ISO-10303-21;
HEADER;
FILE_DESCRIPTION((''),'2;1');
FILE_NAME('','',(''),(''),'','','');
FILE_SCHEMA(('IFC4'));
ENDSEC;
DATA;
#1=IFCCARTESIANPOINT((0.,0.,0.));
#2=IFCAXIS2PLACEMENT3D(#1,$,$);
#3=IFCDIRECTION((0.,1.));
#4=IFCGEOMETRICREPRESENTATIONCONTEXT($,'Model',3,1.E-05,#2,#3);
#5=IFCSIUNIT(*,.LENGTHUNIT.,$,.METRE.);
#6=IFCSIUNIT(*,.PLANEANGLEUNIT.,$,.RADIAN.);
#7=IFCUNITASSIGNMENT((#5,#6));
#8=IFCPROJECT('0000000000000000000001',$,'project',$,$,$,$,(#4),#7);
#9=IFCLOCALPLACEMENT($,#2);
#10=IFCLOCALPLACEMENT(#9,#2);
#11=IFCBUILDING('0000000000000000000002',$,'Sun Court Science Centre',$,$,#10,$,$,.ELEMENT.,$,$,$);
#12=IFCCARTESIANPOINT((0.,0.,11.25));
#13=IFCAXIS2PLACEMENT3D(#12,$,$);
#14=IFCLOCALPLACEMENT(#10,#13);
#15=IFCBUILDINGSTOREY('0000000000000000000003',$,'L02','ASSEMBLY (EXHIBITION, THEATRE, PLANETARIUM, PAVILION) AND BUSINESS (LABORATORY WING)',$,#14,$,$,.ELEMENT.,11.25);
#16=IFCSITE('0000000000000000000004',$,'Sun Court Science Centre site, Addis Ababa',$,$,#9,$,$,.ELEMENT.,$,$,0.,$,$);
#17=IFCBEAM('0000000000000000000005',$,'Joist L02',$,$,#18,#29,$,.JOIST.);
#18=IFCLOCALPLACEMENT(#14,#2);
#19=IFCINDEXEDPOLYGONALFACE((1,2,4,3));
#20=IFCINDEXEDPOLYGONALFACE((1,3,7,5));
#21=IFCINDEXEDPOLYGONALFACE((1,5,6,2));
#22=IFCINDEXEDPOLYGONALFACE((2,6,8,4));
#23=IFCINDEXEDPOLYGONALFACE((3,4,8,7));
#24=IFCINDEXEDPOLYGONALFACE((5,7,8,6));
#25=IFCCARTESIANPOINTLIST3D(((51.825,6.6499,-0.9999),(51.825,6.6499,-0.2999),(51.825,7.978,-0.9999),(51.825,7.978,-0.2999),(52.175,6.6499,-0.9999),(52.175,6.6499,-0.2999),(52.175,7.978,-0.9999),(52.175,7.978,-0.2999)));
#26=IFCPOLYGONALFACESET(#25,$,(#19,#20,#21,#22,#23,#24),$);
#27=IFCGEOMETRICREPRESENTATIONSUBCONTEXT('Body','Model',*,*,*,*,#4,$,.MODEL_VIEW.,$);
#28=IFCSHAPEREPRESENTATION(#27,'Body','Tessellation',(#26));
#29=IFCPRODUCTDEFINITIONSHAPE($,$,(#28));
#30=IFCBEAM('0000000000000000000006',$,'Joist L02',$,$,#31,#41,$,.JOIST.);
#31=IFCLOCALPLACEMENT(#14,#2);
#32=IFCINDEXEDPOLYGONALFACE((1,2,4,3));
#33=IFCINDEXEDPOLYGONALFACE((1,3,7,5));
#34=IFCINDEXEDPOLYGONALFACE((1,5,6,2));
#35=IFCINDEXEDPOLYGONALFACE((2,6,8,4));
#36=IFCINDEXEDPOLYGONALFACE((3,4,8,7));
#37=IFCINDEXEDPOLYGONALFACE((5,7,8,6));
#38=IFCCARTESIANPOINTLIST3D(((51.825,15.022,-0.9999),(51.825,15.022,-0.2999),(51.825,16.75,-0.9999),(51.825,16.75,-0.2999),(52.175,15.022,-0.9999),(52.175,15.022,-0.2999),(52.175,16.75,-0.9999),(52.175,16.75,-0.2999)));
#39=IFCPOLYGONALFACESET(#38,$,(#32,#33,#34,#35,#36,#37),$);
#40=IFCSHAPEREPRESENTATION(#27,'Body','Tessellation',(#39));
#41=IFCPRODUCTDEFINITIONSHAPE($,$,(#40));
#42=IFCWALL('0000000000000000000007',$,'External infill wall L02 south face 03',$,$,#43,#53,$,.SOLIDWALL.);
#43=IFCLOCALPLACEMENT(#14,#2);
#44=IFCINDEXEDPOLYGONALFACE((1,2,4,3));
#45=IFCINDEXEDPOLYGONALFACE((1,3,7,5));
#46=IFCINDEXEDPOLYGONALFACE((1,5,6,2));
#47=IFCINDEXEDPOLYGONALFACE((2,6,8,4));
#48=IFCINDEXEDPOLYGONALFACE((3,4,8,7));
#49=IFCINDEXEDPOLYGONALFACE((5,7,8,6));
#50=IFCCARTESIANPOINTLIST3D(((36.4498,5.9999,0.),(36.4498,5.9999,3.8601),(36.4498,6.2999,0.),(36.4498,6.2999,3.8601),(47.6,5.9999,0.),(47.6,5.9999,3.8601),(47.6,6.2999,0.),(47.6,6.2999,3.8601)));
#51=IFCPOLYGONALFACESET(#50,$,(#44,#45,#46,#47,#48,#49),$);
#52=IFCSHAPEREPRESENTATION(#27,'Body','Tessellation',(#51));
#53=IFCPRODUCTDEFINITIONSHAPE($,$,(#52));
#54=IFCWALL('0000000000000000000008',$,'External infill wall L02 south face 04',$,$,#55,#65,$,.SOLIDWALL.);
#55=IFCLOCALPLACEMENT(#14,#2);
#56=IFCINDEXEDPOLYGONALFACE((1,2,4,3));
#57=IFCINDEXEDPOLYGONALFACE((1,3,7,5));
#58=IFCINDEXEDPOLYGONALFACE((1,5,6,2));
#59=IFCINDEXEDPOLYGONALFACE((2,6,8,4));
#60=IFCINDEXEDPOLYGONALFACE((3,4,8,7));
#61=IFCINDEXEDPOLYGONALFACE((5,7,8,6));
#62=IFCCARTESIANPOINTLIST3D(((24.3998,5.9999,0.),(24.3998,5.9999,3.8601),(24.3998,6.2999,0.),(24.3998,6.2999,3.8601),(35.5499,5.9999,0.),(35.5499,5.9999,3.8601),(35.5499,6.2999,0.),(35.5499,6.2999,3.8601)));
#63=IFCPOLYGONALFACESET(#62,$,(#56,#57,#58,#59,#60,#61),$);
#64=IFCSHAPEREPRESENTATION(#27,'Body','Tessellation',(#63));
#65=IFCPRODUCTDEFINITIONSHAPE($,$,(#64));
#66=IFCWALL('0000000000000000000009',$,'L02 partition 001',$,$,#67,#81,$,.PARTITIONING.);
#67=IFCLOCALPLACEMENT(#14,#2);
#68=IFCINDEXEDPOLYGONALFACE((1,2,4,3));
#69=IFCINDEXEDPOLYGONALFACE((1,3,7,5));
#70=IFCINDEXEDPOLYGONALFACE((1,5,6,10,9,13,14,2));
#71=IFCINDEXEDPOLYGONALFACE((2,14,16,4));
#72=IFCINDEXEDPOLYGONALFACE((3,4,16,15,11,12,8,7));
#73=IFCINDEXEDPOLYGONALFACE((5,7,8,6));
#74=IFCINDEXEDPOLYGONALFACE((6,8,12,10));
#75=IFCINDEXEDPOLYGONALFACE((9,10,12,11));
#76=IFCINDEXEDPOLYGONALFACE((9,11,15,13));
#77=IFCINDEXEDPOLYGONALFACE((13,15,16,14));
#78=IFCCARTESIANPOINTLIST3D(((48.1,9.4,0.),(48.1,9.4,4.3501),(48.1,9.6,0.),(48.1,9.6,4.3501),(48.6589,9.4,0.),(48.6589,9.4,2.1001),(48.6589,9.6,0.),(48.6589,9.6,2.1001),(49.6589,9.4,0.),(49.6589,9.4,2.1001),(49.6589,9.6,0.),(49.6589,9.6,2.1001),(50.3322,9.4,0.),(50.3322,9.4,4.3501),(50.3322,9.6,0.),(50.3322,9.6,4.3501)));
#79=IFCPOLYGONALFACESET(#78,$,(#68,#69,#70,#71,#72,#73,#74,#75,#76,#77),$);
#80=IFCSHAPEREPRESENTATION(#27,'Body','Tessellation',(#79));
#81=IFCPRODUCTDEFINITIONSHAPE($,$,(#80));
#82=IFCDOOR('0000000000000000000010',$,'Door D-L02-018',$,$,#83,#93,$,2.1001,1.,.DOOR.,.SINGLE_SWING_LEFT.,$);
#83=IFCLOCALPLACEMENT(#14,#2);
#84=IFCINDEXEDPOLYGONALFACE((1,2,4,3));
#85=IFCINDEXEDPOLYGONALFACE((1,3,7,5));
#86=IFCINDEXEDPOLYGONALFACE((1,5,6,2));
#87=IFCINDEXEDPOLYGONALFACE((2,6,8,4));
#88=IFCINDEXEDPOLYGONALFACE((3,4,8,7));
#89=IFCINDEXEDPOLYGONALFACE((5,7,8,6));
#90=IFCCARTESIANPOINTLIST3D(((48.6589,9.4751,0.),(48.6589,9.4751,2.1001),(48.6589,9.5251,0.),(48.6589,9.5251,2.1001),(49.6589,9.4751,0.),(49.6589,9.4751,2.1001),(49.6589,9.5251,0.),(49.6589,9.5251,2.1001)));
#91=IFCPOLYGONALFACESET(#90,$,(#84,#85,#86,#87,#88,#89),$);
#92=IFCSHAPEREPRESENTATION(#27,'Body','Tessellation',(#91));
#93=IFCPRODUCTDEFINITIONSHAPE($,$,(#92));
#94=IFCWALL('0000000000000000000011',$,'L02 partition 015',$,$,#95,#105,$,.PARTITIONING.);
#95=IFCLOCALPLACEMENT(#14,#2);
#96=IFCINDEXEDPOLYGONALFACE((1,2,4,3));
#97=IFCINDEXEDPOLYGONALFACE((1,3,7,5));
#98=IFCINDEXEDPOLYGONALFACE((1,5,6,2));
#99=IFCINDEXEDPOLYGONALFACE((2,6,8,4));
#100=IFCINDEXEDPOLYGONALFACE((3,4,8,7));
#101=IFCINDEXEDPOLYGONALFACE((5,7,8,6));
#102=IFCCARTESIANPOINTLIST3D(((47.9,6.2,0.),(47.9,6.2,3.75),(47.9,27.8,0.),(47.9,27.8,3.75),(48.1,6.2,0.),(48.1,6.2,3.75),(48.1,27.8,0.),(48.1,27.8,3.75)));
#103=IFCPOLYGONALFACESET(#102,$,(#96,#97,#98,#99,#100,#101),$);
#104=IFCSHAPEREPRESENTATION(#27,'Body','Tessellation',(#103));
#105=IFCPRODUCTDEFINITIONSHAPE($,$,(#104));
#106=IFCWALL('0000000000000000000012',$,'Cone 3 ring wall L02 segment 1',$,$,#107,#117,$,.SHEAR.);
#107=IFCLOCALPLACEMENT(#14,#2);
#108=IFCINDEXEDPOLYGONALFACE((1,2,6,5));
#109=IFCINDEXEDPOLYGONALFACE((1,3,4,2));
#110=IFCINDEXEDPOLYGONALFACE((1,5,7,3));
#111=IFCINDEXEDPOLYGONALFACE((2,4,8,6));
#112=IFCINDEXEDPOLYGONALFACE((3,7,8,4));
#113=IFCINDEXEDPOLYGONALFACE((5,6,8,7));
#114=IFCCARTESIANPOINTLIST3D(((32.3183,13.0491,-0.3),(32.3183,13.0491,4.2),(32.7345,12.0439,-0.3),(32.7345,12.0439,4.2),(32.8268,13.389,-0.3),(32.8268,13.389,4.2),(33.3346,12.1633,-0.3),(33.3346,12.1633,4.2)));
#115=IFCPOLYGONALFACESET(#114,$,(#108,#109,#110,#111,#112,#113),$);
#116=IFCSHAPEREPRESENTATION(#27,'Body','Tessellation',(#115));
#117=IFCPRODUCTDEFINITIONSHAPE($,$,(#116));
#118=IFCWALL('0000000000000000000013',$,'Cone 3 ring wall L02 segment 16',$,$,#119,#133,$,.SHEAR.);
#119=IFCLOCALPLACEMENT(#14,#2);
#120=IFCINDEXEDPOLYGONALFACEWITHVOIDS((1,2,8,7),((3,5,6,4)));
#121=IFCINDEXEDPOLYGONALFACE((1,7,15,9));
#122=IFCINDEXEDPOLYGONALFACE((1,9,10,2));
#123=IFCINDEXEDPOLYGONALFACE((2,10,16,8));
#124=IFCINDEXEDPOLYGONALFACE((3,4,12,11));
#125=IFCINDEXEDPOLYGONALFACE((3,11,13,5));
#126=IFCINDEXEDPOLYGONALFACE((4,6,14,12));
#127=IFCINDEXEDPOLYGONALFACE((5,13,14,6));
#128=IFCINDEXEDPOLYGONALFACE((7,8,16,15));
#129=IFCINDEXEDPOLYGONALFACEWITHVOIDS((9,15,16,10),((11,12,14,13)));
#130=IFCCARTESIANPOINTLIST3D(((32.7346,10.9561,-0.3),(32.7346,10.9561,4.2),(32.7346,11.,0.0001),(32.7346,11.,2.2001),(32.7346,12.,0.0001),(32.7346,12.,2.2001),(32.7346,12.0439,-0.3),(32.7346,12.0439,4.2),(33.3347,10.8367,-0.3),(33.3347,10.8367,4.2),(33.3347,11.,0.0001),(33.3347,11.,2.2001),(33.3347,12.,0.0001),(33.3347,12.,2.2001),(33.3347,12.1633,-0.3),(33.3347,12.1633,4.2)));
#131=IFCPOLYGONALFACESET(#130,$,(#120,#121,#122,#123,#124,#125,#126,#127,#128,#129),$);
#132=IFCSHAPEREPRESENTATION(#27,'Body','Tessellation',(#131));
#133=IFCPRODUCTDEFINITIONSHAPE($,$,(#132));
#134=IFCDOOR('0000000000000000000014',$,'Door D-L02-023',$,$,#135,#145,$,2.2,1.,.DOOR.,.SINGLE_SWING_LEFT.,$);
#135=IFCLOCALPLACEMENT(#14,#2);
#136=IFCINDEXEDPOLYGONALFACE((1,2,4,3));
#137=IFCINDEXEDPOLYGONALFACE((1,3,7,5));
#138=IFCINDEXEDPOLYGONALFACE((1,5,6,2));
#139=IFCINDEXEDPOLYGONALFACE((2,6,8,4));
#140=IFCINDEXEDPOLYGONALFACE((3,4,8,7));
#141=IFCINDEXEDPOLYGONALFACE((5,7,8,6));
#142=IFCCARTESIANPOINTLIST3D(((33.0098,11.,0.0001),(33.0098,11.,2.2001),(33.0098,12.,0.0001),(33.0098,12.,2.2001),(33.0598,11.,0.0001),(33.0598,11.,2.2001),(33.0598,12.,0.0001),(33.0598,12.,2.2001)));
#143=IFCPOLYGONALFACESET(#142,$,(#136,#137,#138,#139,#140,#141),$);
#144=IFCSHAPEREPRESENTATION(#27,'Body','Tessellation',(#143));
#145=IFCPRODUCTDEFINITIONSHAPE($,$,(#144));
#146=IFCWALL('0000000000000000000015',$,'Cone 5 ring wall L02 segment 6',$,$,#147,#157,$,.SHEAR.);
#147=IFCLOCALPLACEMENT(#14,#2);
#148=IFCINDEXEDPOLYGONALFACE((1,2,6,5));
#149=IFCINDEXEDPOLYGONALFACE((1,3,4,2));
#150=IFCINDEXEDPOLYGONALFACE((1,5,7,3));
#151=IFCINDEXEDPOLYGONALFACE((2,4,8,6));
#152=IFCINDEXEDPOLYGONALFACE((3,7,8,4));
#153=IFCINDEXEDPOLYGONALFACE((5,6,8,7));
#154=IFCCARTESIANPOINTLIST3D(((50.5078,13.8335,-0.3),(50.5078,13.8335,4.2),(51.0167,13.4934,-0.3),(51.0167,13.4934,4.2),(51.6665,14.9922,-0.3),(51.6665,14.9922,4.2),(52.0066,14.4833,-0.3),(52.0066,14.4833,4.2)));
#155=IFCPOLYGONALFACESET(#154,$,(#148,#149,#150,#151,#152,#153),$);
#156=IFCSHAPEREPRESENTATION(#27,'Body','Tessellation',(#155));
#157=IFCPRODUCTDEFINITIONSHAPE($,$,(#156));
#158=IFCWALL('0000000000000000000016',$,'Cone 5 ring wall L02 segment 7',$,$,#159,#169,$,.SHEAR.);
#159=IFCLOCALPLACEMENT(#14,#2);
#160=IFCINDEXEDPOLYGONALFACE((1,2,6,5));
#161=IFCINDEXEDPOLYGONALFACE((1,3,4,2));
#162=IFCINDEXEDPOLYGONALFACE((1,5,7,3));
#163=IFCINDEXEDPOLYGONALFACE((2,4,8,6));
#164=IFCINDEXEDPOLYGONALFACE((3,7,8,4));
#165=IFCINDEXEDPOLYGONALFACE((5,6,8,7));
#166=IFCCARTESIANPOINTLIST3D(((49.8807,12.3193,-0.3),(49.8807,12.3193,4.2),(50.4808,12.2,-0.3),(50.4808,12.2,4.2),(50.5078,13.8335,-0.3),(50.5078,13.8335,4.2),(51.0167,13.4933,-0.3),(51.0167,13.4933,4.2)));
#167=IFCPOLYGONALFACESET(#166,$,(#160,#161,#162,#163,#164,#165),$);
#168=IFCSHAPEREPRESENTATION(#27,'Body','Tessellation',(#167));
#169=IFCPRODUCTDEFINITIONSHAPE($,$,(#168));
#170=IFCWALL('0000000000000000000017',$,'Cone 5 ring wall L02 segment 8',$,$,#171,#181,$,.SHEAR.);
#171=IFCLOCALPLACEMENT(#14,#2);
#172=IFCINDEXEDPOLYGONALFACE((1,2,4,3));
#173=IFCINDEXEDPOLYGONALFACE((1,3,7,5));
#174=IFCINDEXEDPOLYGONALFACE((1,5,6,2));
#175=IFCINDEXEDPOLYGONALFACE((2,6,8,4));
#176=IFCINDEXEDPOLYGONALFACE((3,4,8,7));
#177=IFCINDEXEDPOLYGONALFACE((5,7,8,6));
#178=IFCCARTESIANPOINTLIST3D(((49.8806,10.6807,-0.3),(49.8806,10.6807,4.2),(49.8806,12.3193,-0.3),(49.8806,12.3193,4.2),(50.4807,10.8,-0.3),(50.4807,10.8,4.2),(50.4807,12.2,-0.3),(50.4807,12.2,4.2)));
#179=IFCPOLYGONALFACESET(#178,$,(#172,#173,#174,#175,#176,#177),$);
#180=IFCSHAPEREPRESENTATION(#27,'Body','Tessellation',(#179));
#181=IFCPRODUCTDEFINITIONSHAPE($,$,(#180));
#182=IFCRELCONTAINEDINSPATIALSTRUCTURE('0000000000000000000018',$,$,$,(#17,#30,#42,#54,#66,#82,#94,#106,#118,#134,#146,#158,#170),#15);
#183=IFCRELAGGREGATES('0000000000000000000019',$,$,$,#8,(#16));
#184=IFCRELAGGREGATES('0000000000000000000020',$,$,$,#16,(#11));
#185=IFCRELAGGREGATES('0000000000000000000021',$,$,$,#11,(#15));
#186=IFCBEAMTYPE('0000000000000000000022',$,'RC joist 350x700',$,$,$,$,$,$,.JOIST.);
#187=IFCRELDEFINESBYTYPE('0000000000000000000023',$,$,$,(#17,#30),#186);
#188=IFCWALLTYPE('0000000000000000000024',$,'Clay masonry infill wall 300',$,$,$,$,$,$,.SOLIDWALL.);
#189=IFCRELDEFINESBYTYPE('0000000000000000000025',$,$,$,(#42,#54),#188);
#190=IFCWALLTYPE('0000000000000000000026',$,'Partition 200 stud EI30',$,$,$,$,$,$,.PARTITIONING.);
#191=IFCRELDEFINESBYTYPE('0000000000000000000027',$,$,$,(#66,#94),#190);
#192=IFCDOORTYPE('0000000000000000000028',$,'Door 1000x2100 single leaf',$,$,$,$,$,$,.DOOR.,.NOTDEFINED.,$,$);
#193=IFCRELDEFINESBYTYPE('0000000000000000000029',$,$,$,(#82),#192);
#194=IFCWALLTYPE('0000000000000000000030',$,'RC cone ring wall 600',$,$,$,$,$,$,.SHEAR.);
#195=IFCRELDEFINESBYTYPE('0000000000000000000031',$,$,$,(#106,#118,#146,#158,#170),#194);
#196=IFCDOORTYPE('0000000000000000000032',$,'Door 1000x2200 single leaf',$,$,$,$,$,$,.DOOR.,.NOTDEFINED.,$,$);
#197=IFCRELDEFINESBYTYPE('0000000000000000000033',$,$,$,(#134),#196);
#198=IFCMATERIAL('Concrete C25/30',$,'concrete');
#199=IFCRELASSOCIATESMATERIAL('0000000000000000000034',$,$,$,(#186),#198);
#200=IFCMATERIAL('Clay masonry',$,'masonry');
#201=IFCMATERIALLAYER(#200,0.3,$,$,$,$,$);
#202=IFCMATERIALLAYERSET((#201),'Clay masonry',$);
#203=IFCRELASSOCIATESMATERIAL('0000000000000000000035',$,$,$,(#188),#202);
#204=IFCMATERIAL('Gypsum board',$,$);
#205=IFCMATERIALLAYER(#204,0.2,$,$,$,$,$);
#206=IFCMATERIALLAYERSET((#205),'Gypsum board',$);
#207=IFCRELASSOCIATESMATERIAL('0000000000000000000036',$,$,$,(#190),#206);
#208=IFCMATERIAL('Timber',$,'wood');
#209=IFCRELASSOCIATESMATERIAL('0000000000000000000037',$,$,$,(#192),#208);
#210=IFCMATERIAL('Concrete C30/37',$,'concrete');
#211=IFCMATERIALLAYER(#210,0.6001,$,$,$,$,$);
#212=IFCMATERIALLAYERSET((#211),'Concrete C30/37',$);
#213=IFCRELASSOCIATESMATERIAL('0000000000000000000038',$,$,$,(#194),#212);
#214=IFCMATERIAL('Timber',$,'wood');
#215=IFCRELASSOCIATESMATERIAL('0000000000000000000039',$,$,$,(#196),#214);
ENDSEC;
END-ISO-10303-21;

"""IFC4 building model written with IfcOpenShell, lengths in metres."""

from ifc_helpers import new_model, si_unit, direction, frame, frame_2d, origin, origin_2d, place, context, subcontext, project, spatial, polyline, rectangle, outline, extrude, material, layer, layer_set, material_profile, profile_set, type_object, element, fill, save


model = new_model("IFC4")

# Units and contexts
model_context = context("Model", 3, precision=1e-05, world=origin(), true_north=direction((0.0, 1.0)))
body_context = subcontext(model_context, "Body", "Model", "MODEL_VIEW")
ifc_project = project(units=[si_unit("LENGTHUNIT", "METRE"), si_unit("PLANEANGLEUNIT", "RADIAN")], contexts=[model_context])

# Site, building, storey
site_placement = place(None, origin())
site = spatial("IfcSite", under=ifc_project, at=site_placement, Name="Sun Court Science Centre site, Addis Ababa", CompositionType="ELEMENT", RefElevation=0.0)
building_placement = place(site_placement, origin())
building = spatial("IfcBuilding", under=site, at=building_placement, Name="Sun Court Science Centre", CompositionType="ELEMENT")
storey_placement = place(building_placement, frame((0.0, 0.0, 11.25)))
storey = spatial("IfcBuildingStorey", under=building, at=storey_placement, Name="L02", Description="ASSEMBLY (EXHIBITION, THEATRE, PLANETARIUM, PAVILION) AND BUSINESS (LABORATORY WING)", CompositionType="ELEMENT", Elevation=11.25)

# Beams
ifc_material_1 = material(Name="Concrete C25/30", Category="concrete")
ifc_material_profile_1 = material_profile(ifc_material_1, rectangle(XDim=0.3501, YDim=0.7, at=origin_2d()), Name="RC 350x700")
ifc_profile_set_1 = profile_set([ifc_material_profile_1], Name="Concrete C25/30")
beam_type_1 = type_object("IfcBeamType", Name="RC joist 350x700", PredefinedType="JOIST", material=ifc_profile_set_1)
beam_1_placement = place(storey_placement, frame((52.0, 6.6499, -0.6499), z_axis=(0.0, 1.0, 0.0), x_axis=(-1.0, 0.0, 0.0)))
element("IfcBeam", 1, at=beam_1_placement, inside=storey, type_object=beam_type_1, Name="Joist L02", PredefinedType="JOIST", context=body_context, shape_type="SweptSolid", body=[
    extrude(rectangle(XDim=0.3501, YDim=0.7, at=origin_2d()), origin(), (0.0, 0.0, 1.0), 1.3281),
])
beam_2_placement = place(storey_placement, frame((52.0, 15.022, -0.6499), z_axis=(0.0, 1.0, 0.0), x_axis=(-1.0, 0.0, 0.0)))
element("IfcBeam", 2, at=beam_2_placement, inside=storey, type_object=beam_type_1, Name="Joist L02", PredefinedType="JOIST", context=body_context, shape_type="SweptSolid", body=[
    extrude(rectangle(XDim=0.3501, YDim=0.7, at=origin_2d()), origin(), (0.0, 0.0, 1.0), 1.728),
])

# Walls
ifc_material_2 = material(Name="Clay masonry", Category="masonry")
ifc_layer_1 = layer(ifc_material_2, 0.3)
ifc_layer_set_1 = layer_set([ifc_layer_1], Name="Clay masonry")
wall_type_1 = type_object("IfcWallType", Name="Clay masonry infill wall 300", PredefinedType="SOLIDWALL", material=ifc_layer_set_1)
for number, where, z_axis, x_axis, name in (
    (3, (47.6001, 6.1499, 0.0), (0.0, 0.0, 1.0), (-1.0, 0.0, 0.0), "External infill wall L02 south face 03"),
    (4, (35.55, 6.1499, 0.0), (0.0, 0.0, 1.0), (-1.0, 0.0, 0.0), "External infill wall L02 south face 04"),
):
    element("IfcWall", number, at=place(storey_placement, frame(where, z_axis=z_axis, x_axis=x_axis)), inside=storey, type_object=wall_type_1, Name=name, PredefinedType="SOLIDWALL", context=body_context, shape_type="SweptSolid", body=[
        extrude(rectangle(XDim=11.1501, YDim=0.3, at=frame_2d((5.5752, 0.0))), origin(), (0.0, 0.0, 1.0), 3.8601),
    ])

# Wall, opening, door
ifc_material_3 = material(Name="Gypsum board")
ifc_layer_2 = layer(ifc_material_3, 0.2)
ifc_layer_set_2 = layer_set([ifc_layer_2], Name="Gypsum board")
wall_type_2 = type_object("IfcWallType", Name="Partition 200 stud EI30", PredefinedType="PARTITIONING", material=ifc_layer_set_2)
wall_1_placement = place(storey_placement, frame((50.3323, 9.5, 0.0), z_axis=(0.0, 0.0, 1.0), x_axis=(-1.0, 0.0, 0.0)))
wall_1 = element("IfcWall", 5, at=wall_1_placement, inside=storey, type_object=wall_type_2, Name="L02 partition 001", PredefinedType="PARTITIONING", context=body_context, shape_type="SweptSolid", body=[
    extrude(rectangle(XDim=2.2322, YDim=0.2, at=frame_2d((1.1162, 0.0))), origin(), (0.0, 0.0, 1.0), 4.3501),
])
opening_1_placement = place(wall_1_placement, frame((0.6733, 0.0, 0.0)))
opening_1 = element("IfcOpeningElement", 6, at=opening_1_placement, cuts=wall_1, PredefinedType="OPENING", context=body_context, shape_type="SweptSolid", body=[
    extrude(rectangle(XDim=1.0, YDim=2.1001, at=frame_2d((0.5, 1.05))), frame((0.0, 0.1099, 0.0), z_axis=(0.0, -1.0, 0.0), x_axis=(1.0, 0.0, 0.0)), (0.0, 0.0, 1.0), 0.22),
])
ifc_material_4 = material(Name="Timber", Category="wood")
door_type_1 = type_object("IfcDoorType", Name="Door 1000x2100 single leaf", OperationType="NOTDEFINED", PredefinedType="DOOR", material=ifc_material_4)
door_1_placement = place(opening_1_placement, origin())
door_1 = element("IfcDoor", 7, at=door_1_placement, inside=storey, type_object=door_type_1, Name="Door D-L02-018", OperationType="SINGLE_SWING_LEFT", OverallHeight=2.1001, OverallWidth=1.0, PredefinedType="DOOR", context=body_context, shape_type="SweptSolid", body=[
    extrude(rectangle(XDim=1.0, YDim=2.1001, at=frame_2d((0.5, 1.05))), frame((0.0, 0.0249, 0.0), z_axis=(0.0, -1.0, 0.0), x_axis=(1.0, 0.0, 0.0)), (0.0, 0.0, 1.0), 0.05),
])
fill(opening_1, door_1)

# Walls
wall_2_placement = place(storey_placement, frame((48.0, 6.2, 0.0), z_axis=(0.0, 0.0, 1.0), x_axis=(0.0, 1.0, 0.0)))
element("IfcWall", 8, at=wall_2_placement, inside=storey, type_object=wall_type_2, Name="L02 partition 015", PredefinedType="PARTITIONING", context=body_context, shape_type="SweptSolid", body=[
    extrude(rectangle(XDim=21.6001, YDim=0.2, at=frame_2d((10.8, 0.0))), origin(), (0.0, 0.0, 1.0), 3.75),
])
ifc_material_5 = material(Name="Concrete C30/37", Category="concrete")
ifc_layer_3 = layer(ifc_material_5, 0.6001)
ifc_layer_set_3 = layer_set([ifc_layer_3], Name="Concrete C30/37")
wall_type_3 = type_object("IfcWallType", Name="RC cone ring wall 600", PredefinedType="SHEAR", material=ifc_layer_set_3)
wall_3_placement = place(storey_placement, frame((33.0576, 12.0486, -0.3), z_axis=(0.0, 0.0, 1.0), x_axis=(-0.382785, 0.923837, 0.0)))
element("IfcWall", 9, at=wall_3_placement, inside=storey, type_object=wall_type_3, Name="Cone 3 ring wall L02 segment 1", PredefinedType="SHEAR", context=body_context, shape_type="SweptSolid", body=[
    extrude(outline(polyline([(0.0, -0.2998), (1.3267, -0.2998), (1.2073, 0.3), (0.1194, 0.3003), (0.0, -0.2998)])), origin(), (0.0, 0.0, 1.0), 4.5),
])

# Wall, opening, door
wall_4_placement = place(storey_placement, frame((33.0347, 10.8367, -0.3), z_axis=(0.0, 0.0, 1.0), x_axis=(0.0, 1.0, 0.0)))
wall_4 = element("IfcWall", 10, at=wall_4_placement, inside=storey, type_object=wall_type_3, Name="Cone 3 ring wall L02 segment 16", PredefinedType="SHEAR", context=body_context, shape_type="SweptSolid", body=[
    extrude(outline(polyline([(0.0, -0.3), (1.3267, -0.3), (1.2073, 0.3), (0.1194, 0.3), (0.0, -0.3)])), origin(), (0.0, 0.0, 1.0), 4.5),
])
opening_2_placement = place(wall_4_placement, frame((0.1633, 0.0, 0.3)))
opening_2 = element("IfcOpeningElement", 11, at=opening_2_placement, cuts=wall_4, PredefinedType="OPENING", context=body_context, shape_type="SweptSolid", body=[
    extrude(rectangle(XDim=1.0, YDim=2.2, at=frame_2d((0.5, 1.1001))), frame((0.0, 0.3101, 0.0), z_axis=(0.0, -1.0, 0.0), x_axis=(1.0, 0.0, 0.0)), (0.0, 0.0, 1.0), 0.6201),
])
ifc_material_6 = material(Name="Timber", Category="wood")
door_type_2 = type_object("IfcDoorType", Name="Door 1000x2200 single leaf", OperationType="NOTDEFINED", PredefinedType="DOOR", material=ifc_material_6)
door_2_placement = place(opening_2_placement, origin())
door_2 = element("IfcDoor", 12, at=door_2_placement, inside=storey, type_object=door_type_2, Name="Door D-L02-023", OperationType="SINGLE_SWING_LEFT", OverallHeight=2.2, OverallWidth=1.0, PredefinedType="DOOR", context=body_context, shape_type="SweptSolid", body=[
    extrude(rectangle(XDim=1.0, YDim=2.2, at=frame_2d((0.5, 1.1001))), frame((0.0, 0.0249, 0.0), z_axis=(0.0, -1.0, 0.0), x_axis=(1.0, 0.0, 0.0)), (0.0, 0.0, 1.0), 0.05),
])
fill(opening_2, door_2)

# Walls
wall_5_placement = place(storey_placement, frame((51.8787, 14.78, -0.3), z_axis=(0.0, 0.0, 1.0), x_axis=(-0.707107, -0.707107, 0.0)))
element("IfcWall", 13, at=wall_5_placement, inside=storey, type_object=wall_type_3, Name="Cone 5 ring wall L02 segment 6", PredefinedType="SHEAR", context=body_context, shape_type="SweptSolid", body=[
    extrude(outline(polyline([(0.0, -0.3), (1.6387, -0.3), (1.5193, 0.3003), (0.1194, 0.3003), (0.0, -0.3)])), origin(), (0.0, 0.0, 1.0), 4.5),
])
wall_6_placement = place(storey_placement, frame((50.7849, 13.7185, -0.3), z_axis=(0.0, 0.0, 1.0), x_axis=(-0.382615, -0.923908, 0.0)))
element("IfcWall", 14, at=wall_6_placement, inside=storey, type_object=wall_type_3, Name="Cone 5 ring wall L02 segment 7", PredefinedType="SHEAR", context=body_context, shape_type="SweptSolid", body=[
    extrude(outline(polyline([(-0.0002, -0.3), (1.6387, -0.3), (1.5193, 0.3), (0.1194, 0.3003), (-0.0002, -0.3)])), origin(), (0.0, 0.0, 1.0), 4.5),
])
wall_7_placement = place(storey_placement, frame((50.1807, 12.3193, -0.3), z_axis=(0.0, 0.0, 1.0), x_axis=(0.0, -1.0, 0.0)))
element("IfcWall", 15, at=wall_7_placement, inside=storey, type_object=wall_type_3, Name="Cone 5 ring wall L02 segment 8", PredefinedType="SHEAR", context=body_context, shape_type="SweptSolid", body=[
    extrude(outline(polyline([(0.0, -0.3), (1.6387, -0.3), (1.5193, 0.3), (0.1194, 0.3), (0.0, -0.3)])), origin(), (0.0, 0.0, 1.0), 4.5),
])

save(model, "model.ifc")
